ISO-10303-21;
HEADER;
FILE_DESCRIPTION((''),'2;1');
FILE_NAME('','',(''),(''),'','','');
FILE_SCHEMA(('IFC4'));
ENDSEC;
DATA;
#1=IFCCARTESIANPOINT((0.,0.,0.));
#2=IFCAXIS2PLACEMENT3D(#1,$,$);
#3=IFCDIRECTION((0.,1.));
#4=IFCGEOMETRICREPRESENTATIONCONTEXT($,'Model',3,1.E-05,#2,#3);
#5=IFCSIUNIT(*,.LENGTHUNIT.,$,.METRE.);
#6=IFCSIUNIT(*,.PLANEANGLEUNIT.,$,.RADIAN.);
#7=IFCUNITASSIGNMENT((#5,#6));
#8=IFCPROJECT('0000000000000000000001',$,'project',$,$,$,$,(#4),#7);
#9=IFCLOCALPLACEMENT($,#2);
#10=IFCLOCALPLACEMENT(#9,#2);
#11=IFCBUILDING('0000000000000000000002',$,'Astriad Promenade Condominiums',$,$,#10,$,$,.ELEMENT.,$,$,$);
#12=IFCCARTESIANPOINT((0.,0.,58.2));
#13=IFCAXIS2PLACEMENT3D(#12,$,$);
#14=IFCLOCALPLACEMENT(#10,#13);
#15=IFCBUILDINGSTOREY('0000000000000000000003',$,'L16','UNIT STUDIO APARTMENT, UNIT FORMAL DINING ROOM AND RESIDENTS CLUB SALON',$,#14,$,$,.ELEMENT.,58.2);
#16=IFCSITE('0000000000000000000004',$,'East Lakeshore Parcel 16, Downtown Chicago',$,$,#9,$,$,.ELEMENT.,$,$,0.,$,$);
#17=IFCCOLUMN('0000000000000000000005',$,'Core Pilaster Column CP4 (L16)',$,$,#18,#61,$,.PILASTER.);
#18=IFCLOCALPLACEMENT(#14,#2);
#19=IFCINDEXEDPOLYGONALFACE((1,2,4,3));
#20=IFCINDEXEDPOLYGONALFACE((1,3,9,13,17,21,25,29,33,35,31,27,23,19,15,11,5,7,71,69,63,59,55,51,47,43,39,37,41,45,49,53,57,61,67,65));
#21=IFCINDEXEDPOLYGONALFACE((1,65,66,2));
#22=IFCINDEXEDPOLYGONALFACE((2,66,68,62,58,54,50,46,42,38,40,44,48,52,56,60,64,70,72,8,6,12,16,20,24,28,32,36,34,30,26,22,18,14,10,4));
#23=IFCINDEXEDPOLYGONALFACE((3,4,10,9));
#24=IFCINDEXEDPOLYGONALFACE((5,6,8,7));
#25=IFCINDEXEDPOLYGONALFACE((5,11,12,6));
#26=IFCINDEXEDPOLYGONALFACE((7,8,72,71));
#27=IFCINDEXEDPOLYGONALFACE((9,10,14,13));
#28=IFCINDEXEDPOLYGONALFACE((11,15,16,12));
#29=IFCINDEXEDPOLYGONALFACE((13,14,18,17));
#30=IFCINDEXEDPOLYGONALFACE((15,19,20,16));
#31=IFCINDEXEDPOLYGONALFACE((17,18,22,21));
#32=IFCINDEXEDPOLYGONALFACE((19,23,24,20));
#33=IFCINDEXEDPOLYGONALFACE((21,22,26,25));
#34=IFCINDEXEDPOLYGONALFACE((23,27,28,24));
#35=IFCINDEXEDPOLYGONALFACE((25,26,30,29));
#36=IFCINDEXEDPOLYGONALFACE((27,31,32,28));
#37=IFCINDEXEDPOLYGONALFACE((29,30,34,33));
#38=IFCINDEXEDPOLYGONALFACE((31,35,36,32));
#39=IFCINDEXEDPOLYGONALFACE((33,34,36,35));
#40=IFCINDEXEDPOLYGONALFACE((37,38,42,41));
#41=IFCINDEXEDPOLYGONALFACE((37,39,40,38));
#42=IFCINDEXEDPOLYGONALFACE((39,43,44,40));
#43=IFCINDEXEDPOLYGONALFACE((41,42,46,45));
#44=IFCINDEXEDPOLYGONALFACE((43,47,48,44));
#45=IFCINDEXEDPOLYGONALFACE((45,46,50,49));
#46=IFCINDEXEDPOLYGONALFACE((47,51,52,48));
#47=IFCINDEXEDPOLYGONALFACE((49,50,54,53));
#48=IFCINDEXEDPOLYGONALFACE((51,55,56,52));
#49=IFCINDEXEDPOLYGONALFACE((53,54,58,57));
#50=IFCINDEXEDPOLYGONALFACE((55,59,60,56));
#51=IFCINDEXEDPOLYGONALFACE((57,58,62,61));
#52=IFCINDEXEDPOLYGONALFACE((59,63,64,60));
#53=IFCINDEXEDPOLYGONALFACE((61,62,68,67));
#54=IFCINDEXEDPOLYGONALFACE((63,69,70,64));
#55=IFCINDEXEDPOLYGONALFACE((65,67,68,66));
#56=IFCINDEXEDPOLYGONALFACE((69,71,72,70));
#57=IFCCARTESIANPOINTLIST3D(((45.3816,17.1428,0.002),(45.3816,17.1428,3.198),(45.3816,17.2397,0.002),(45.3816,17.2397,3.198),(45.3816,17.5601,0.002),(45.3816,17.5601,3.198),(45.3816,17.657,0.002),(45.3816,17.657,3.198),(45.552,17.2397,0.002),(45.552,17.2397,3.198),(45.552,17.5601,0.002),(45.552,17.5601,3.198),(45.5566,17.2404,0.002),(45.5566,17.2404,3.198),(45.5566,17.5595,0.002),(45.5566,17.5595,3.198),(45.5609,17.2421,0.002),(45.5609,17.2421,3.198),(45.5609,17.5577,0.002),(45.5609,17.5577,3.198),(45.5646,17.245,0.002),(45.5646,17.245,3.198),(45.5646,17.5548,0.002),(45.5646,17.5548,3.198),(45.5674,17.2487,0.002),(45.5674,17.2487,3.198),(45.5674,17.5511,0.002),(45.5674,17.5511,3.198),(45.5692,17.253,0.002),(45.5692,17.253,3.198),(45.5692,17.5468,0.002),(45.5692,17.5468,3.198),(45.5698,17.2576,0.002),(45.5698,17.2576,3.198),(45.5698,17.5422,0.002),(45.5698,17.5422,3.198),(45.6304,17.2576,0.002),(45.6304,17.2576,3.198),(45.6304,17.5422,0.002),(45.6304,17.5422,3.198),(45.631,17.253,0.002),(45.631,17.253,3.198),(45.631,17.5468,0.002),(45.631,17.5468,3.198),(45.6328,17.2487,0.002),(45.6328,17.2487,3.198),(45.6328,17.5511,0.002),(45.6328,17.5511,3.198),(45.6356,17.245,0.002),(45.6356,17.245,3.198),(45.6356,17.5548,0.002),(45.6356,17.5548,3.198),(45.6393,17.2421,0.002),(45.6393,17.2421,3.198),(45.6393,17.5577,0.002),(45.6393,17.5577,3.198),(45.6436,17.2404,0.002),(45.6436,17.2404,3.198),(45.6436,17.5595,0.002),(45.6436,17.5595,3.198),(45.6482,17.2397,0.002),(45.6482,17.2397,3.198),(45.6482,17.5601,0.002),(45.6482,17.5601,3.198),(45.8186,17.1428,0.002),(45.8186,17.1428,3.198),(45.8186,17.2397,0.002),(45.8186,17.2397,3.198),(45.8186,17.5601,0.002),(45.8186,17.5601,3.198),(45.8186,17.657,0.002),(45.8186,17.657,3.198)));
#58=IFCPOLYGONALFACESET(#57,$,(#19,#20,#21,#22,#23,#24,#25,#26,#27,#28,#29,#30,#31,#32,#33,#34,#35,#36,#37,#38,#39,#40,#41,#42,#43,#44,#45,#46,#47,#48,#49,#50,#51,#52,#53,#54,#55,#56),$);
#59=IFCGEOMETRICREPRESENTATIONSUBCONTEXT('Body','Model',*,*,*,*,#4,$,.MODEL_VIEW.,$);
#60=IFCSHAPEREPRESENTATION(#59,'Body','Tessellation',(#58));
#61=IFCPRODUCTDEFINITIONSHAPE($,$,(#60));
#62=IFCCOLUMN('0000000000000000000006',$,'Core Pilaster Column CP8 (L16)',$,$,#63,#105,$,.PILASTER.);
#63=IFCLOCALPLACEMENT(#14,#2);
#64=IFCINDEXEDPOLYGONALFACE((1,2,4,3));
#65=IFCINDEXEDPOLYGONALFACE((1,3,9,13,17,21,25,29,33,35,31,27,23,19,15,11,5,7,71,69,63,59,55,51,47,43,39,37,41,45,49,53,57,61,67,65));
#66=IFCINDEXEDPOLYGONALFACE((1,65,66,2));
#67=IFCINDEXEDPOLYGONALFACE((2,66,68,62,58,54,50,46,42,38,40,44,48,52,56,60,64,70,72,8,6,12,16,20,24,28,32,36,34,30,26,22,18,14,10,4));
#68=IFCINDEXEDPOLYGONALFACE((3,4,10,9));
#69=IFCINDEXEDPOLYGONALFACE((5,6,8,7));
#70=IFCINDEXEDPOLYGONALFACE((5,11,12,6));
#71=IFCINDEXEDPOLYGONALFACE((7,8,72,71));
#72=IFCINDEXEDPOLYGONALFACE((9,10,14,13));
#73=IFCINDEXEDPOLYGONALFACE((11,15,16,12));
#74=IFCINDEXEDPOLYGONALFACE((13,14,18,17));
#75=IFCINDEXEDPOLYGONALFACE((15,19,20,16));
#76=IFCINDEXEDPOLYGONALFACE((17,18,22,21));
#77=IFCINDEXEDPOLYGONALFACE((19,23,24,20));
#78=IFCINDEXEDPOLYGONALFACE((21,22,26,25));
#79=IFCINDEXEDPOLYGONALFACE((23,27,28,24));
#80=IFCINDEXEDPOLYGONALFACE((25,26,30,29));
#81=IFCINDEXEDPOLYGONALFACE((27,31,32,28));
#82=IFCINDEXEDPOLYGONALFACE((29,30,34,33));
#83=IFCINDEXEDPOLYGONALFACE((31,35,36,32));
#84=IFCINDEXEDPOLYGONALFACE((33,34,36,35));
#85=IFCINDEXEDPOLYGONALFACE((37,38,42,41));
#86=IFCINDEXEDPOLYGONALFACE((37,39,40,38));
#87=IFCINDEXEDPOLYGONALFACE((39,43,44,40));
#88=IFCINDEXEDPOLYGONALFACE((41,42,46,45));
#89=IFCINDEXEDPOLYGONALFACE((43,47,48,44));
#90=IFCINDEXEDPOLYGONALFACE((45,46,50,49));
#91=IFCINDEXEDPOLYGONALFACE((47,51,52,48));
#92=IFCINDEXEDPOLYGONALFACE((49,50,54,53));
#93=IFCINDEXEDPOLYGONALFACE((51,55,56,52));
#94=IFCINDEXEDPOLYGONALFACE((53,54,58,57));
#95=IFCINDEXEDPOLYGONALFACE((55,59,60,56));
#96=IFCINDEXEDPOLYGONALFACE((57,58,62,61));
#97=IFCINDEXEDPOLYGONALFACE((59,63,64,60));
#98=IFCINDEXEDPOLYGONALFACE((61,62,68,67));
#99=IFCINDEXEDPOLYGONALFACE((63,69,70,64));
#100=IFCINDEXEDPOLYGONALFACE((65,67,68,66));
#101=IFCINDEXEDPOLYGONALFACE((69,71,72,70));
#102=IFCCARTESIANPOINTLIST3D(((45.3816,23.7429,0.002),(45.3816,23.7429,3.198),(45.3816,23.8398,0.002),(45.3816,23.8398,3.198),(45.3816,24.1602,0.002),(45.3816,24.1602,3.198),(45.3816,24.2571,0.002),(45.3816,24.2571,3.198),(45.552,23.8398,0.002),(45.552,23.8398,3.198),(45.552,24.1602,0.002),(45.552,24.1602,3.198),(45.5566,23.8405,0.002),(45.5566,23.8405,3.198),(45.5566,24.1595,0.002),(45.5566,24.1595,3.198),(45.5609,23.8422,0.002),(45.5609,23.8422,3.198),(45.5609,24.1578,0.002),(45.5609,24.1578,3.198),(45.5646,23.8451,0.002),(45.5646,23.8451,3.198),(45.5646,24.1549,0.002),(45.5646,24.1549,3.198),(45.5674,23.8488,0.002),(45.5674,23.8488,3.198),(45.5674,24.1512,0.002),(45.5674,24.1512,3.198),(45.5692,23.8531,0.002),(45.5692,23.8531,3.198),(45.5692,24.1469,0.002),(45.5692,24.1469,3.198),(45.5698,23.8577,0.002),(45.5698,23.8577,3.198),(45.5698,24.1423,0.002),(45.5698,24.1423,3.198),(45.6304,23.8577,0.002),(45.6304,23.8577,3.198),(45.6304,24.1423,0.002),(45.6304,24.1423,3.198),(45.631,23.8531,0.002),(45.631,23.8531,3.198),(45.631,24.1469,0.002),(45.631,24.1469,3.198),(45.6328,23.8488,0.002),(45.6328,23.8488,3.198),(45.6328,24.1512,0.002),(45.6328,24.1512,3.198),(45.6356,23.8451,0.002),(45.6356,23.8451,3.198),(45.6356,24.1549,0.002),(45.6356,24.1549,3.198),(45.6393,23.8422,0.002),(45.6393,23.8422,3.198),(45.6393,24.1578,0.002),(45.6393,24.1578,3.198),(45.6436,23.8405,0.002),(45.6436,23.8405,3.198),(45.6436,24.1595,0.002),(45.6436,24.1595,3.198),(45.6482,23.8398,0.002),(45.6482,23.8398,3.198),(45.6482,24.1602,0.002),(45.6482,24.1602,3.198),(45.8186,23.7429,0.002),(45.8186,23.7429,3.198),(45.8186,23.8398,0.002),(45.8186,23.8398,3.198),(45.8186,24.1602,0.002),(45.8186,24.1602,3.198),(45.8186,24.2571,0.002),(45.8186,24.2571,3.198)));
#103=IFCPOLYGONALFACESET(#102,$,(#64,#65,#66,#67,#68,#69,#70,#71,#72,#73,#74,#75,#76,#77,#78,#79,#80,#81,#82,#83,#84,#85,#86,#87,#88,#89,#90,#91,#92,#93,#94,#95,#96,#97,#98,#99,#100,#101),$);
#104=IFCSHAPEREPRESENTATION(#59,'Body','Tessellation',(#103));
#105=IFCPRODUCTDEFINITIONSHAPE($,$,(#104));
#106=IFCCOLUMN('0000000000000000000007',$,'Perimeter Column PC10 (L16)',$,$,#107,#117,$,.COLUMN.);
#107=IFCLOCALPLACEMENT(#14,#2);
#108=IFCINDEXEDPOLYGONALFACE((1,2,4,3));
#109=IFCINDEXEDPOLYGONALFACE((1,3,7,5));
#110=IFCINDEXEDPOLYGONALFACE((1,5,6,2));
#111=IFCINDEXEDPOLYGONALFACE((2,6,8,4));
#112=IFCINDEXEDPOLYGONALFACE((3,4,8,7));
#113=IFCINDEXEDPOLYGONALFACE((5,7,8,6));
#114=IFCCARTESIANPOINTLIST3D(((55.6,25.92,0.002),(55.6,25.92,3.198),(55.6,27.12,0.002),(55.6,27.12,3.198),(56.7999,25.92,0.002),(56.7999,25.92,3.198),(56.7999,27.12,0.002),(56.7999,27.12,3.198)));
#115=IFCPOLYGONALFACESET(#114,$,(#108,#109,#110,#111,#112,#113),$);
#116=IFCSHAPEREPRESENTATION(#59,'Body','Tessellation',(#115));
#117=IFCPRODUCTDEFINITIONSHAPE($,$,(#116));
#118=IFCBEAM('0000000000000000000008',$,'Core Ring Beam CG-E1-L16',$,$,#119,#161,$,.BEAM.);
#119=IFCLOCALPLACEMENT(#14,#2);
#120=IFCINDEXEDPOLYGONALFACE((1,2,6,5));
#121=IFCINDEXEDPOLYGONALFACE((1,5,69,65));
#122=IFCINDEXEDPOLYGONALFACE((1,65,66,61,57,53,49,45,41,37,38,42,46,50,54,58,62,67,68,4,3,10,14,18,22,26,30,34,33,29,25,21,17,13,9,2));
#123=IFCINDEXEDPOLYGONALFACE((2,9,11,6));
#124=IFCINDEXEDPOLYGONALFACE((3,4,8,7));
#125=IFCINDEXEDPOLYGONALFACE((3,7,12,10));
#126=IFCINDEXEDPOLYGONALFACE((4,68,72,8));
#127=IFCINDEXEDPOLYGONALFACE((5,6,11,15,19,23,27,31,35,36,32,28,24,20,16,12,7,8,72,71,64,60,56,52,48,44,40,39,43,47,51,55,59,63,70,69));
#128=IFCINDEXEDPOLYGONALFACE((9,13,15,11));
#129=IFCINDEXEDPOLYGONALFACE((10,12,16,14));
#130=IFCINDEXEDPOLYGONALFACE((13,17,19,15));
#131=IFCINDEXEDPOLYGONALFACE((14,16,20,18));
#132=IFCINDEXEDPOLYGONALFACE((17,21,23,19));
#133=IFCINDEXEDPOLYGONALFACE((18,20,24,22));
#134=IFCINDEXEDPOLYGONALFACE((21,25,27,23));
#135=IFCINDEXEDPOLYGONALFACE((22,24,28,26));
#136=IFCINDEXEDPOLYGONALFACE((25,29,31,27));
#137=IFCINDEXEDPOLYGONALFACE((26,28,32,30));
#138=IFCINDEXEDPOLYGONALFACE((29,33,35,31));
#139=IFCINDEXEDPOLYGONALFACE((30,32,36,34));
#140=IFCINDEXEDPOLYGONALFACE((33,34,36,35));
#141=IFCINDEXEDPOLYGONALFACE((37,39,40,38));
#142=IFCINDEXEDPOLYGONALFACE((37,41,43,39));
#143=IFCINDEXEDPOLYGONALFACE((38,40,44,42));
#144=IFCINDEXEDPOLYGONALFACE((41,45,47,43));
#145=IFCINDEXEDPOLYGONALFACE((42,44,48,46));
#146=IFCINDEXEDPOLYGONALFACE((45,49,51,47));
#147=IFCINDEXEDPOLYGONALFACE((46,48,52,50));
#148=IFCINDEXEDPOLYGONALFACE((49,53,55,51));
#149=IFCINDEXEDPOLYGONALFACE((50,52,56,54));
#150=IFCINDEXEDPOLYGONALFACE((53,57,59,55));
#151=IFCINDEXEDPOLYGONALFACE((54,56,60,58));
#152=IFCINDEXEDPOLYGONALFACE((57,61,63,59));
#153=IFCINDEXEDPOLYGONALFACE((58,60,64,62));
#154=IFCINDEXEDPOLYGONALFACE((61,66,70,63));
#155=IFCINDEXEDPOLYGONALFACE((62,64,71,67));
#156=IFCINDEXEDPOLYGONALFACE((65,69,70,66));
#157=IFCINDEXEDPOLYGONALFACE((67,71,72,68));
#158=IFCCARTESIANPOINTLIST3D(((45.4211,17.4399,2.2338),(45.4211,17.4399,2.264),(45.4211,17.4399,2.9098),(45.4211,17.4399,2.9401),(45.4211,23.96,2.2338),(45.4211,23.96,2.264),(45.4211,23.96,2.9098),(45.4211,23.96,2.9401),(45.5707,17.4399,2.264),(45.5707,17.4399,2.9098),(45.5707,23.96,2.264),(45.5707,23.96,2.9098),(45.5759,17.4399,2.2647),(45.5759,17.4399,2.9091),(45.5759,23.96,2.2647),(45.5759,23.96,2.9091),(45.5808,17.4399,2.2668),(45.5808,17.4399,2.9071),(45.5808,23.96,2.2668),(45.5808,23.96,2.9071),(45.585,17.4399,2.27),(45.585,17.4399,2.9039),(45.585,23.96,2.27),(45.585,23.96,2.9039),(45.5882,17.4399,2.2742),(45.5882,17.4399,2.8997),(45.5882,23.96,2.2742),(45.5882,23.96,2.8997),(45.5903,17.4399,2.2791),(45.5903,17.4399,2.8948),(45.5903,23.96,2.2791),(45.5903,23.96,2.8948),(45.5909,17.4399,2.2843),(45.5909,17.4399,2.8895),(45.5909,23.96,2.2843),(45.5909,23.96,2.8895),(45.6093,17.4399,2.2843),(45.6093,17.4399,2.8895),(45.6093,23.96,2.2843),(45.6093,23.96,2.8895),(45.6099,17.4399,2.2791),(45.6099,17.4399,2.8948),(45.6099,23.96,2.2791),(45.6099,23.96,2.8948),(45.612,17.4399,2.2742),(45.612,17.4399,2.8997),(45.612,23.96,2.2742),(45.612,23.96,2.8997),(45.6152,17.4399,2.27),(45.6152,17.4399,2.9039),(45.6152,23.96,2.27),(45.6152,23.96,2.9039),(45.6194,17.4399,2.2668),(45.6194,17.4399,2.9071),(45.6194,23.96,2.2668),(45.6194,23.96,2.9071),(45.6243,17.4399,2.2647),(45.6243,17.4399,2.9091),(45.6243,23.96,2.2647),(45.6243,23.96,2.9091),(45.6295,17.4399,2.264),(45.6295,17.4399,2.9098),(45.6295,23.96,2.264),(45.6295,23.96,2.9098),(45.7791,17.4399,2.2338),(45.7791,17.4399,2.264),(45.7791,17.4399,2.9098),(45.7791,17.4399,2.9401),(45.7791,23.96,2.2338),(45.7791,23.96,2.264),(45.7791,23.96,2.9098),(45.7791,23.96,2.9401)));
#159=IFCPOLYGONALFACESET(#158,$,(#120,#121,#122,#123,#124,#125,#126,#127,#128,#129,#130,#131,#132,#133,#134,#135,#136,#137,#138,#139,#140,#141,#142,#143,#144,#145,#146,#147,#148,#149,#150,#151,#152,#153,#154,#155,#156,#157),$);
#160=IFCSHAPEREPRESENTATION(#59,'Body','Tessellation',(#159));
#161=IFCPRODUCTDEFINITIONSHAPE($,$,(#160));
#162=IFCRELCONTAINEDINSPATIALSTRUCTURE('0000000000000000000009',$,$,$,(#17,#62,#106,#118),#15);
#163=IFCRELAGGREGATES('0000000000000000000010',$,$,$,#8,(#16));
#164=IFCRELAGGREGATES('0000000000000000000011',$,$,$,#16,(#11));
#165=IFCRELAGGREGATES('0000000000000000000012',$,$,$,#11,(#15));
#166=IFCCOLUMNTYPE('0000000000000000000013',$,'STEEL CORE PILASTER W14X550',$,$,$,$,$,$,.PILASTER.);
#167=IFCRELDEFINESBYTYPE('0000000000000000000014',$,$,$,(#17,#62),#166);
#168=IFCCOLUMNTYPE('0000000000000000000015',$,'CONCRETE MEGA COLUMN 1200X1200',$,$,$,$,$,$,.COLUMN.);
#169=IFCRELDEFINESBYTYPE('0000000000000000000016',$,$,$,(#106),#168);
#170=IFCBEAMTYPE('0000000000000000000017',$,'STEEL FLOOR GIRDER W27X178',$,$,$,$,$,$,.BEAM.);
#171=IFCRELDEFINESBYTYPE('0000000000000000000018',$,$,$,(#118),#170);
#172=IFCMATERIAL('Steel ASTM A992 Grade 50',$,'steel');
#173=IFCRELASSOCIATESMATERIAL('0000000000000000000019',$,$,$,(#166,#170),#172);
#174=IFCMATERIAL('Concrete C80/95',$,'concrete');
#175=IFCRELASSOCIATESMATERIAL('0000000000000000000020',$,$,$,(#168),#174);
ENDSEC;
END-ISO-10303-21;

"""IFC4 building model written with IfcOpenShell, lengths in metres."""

from ifc_helpers import new_model, si_unit, direction, frame, origin, origin_2d, place, context, subcontext, project, spatial, rectangle, i_section, extrude, source, transform, mapped, material, material_profile, profile_set, type_object, type_shapes, element, save


model = new_model("IFC4")

# Units and contexts
model_context = context("Model", 3, precision=1e-05, world=origin(), true_north=direction((0.0, 1.0)))
body_context = subcontext(model_context, "Body", "Model", "MODEL_VIEW")
ifc_project = project(units=[si_unit("LENGTHUNIT", "METRE"), si_unit("PLANEANGLEUNIT", "RADIAN")], contexts=[model_context])

# Site, building, storey
site_placement = place(None, origin())
site = spatial("IfcSite", under=ifc_project, at=site_placement, Name="East Lakeshore Parcel 16, Downtown Chicago", CompositionType="ELEMENT", RefElevation=0.0)
building_placement = place(site_placement, origin())
building = spatial("IfcBuilding", under=site, at=building_placement, Name="Astriad Promenade Condominiums", CompositionType="ELEMENT")
storey_placement = place(building_placement, frame((0.0, 0.0, 58.2)))
storey = spatial("IfcBuildingStorey", under=building, at=storey_placement, Name="L16", Description="UNIT STUDIO APARTMENT, UNIT FORMAL DINING ROOM AND RESIDENTS CLUB SALON", CompositionType="ELEMENT", Elevation=58.2)

# Columns
ifc_material_1 = material(Name="Steel ASTM A992 Grade 50", Category="steel")
ifc_material_profile_1 = material_profile(ifc_material_1, i_section(OverallWidth=0.437, OverallDepth=0.5142, WebThickness=0.0605, FlangeThickness=0.0969, FilletRadius=0.0178, at=origin_2d()), Name="W14X550")
ifc_profile_set_1 = profile_set([ifc_material_profile_1], Name="Steel ASTM A992 Grade 50")
column_type_1 = type_object("IfcColumnType", Name="STEEL CORE PILASTER W14X550", PredefinedType="PILASTER", material=ifc_profile_set_1)
shared_shape_1 = source(origin(), body_context, "Body", "SweptSolid", [
    extrude(i_section(OverallWidth=0.437, OverallDepth=0.5142, WebThickness=0.0605, FlangeThickness=0.0969, FilletRadius=0.0178, at=origin_2d()), origin(), (0.0, 0.0, 1.0), 3.196),
])
type_shapes(column_type_1, [shared_shape_1])
for number, where, z_axis, x_axis, name in (
    (1, (45.6001, 17.3999, 0.002), (0.0, 0.0, 1.0), (1.0, 0.0, 0.0), "Core Pilaster Column CP4 (L16)"),
    (2, (45.6001, 24.0, 0.002), (0.0, 0.0, 1.0), (1.0, 0.0, 0.0), "Core Pilaster Column CP8 (L16)"),
):
    element("IfcColumn", number, at=place(storey_placement, frame(where, z_axis=z_axis, x_axis=x_axis)), inside=storey, type_object=column_type_1, Name=name, PredefinedType="PILASTER", context=body_context, shape_type="MappedRepresentation", body=[
        mapped(shared_shape_1, transform((0.0, 0.0, 0.0), scale=1.0)),
    ])
ifc_material_2 = material(Name="Concrete C80/95", Category="concrete")
ifc_material_profile_2 = material_profile(ifc_material_2, rectangle(XDim=1.2, YDim=1.2, at=origin_2d()), Name="RC-COL-1200X1200")
ifc_profile_set_2 = profile_set([ifc_material_profile_2], Name="Concrete C80/95")
column_type_2 = type_object("IfcColumnType", Name="CONCRETE MEGA COLUMN 1200X1200", PredefinedType="COLUMN", material=ifc_profile_set_2)
shared_shape_2 = source(origin(), body_context, "Body", "SweptSolid", [
    extrude(rectangle(XDim=1.2, YDim=1.2, at=origin_2d()), origin(), (0.0, 0.0, 1.0), 3.196),
])
type_shapes(column_type_2, [shared_shape_2])
column_placement = place(storey_placement, frame((56.2, 26.52, 0.002), z_axis=(0.0, 0.0, 1.0), x_axis=(1.0, 0.0, 0.0)))
element("IfcColumn", 3, at=column_placement, inside=storey, type_object=column_type_2, Name="Perimeter Column PC10 (L16)", PredefinedType="COLUMN", context=body_context, shape_type="MappedRepresentation", body=[
    mapped(shared_shape_2, transform((0.0, 0.0, 0.0), scale=1.0)),
])

# Beam
ifc_material_profile_3 = material_profile(ifc_material_1, i_section(OverallWidth=0.3579, OverallDepth=0.7063, WebThickness=0.0183, FlangeThickness=0.0303, FilletRadius=0.0203, at=origin_2d()), Name="W27X178")
ifc_profile_set_3 = profile_set([ifc_material_profile_3], Name="Steel ASTM A992 Grade 50")
beam_type_1 = type_object("IfcBeamType", Name="STEEL FLOOR GIRDER W27X178", PredefinedType="BEAM", material=ifc_profile_set_3)
shared_shape_3 = source(origin(), body_context, "Body", "SweptSolid", [
    extrude(i_section(OverallWidth=0.3579, OverallDepth=0.7063, WebThickness=0.0183, FlangeThickness=0.0303, FilletRadius=0.0203, at=origin_2d()), origin(), (0.0, 0.0, 1.0), 6.52),
])
type_shapes(beam_type_1, [shared_shape_3])
beam_1_placement = place(storey_placement, frame((45.6001, 17.4399, 2.5869), z_axis=(0.0, 1.0, 0.0), x_axis=(-1.0, 0.0, 0.0)))
element("IfcBeam", 4, at=beam_1_placement, inside=storey, type_object=beam_type_1, Name="Core Ring Beam CG-E1-L16", PredefinedType="BEAM", context=body_context, shape_type="MappedRepresentation", body=[
    mapped(shared_shape_3, transform((0.0, 0.0, 0.0), scale=1.0)),
])

save(model, "model.ifc")
